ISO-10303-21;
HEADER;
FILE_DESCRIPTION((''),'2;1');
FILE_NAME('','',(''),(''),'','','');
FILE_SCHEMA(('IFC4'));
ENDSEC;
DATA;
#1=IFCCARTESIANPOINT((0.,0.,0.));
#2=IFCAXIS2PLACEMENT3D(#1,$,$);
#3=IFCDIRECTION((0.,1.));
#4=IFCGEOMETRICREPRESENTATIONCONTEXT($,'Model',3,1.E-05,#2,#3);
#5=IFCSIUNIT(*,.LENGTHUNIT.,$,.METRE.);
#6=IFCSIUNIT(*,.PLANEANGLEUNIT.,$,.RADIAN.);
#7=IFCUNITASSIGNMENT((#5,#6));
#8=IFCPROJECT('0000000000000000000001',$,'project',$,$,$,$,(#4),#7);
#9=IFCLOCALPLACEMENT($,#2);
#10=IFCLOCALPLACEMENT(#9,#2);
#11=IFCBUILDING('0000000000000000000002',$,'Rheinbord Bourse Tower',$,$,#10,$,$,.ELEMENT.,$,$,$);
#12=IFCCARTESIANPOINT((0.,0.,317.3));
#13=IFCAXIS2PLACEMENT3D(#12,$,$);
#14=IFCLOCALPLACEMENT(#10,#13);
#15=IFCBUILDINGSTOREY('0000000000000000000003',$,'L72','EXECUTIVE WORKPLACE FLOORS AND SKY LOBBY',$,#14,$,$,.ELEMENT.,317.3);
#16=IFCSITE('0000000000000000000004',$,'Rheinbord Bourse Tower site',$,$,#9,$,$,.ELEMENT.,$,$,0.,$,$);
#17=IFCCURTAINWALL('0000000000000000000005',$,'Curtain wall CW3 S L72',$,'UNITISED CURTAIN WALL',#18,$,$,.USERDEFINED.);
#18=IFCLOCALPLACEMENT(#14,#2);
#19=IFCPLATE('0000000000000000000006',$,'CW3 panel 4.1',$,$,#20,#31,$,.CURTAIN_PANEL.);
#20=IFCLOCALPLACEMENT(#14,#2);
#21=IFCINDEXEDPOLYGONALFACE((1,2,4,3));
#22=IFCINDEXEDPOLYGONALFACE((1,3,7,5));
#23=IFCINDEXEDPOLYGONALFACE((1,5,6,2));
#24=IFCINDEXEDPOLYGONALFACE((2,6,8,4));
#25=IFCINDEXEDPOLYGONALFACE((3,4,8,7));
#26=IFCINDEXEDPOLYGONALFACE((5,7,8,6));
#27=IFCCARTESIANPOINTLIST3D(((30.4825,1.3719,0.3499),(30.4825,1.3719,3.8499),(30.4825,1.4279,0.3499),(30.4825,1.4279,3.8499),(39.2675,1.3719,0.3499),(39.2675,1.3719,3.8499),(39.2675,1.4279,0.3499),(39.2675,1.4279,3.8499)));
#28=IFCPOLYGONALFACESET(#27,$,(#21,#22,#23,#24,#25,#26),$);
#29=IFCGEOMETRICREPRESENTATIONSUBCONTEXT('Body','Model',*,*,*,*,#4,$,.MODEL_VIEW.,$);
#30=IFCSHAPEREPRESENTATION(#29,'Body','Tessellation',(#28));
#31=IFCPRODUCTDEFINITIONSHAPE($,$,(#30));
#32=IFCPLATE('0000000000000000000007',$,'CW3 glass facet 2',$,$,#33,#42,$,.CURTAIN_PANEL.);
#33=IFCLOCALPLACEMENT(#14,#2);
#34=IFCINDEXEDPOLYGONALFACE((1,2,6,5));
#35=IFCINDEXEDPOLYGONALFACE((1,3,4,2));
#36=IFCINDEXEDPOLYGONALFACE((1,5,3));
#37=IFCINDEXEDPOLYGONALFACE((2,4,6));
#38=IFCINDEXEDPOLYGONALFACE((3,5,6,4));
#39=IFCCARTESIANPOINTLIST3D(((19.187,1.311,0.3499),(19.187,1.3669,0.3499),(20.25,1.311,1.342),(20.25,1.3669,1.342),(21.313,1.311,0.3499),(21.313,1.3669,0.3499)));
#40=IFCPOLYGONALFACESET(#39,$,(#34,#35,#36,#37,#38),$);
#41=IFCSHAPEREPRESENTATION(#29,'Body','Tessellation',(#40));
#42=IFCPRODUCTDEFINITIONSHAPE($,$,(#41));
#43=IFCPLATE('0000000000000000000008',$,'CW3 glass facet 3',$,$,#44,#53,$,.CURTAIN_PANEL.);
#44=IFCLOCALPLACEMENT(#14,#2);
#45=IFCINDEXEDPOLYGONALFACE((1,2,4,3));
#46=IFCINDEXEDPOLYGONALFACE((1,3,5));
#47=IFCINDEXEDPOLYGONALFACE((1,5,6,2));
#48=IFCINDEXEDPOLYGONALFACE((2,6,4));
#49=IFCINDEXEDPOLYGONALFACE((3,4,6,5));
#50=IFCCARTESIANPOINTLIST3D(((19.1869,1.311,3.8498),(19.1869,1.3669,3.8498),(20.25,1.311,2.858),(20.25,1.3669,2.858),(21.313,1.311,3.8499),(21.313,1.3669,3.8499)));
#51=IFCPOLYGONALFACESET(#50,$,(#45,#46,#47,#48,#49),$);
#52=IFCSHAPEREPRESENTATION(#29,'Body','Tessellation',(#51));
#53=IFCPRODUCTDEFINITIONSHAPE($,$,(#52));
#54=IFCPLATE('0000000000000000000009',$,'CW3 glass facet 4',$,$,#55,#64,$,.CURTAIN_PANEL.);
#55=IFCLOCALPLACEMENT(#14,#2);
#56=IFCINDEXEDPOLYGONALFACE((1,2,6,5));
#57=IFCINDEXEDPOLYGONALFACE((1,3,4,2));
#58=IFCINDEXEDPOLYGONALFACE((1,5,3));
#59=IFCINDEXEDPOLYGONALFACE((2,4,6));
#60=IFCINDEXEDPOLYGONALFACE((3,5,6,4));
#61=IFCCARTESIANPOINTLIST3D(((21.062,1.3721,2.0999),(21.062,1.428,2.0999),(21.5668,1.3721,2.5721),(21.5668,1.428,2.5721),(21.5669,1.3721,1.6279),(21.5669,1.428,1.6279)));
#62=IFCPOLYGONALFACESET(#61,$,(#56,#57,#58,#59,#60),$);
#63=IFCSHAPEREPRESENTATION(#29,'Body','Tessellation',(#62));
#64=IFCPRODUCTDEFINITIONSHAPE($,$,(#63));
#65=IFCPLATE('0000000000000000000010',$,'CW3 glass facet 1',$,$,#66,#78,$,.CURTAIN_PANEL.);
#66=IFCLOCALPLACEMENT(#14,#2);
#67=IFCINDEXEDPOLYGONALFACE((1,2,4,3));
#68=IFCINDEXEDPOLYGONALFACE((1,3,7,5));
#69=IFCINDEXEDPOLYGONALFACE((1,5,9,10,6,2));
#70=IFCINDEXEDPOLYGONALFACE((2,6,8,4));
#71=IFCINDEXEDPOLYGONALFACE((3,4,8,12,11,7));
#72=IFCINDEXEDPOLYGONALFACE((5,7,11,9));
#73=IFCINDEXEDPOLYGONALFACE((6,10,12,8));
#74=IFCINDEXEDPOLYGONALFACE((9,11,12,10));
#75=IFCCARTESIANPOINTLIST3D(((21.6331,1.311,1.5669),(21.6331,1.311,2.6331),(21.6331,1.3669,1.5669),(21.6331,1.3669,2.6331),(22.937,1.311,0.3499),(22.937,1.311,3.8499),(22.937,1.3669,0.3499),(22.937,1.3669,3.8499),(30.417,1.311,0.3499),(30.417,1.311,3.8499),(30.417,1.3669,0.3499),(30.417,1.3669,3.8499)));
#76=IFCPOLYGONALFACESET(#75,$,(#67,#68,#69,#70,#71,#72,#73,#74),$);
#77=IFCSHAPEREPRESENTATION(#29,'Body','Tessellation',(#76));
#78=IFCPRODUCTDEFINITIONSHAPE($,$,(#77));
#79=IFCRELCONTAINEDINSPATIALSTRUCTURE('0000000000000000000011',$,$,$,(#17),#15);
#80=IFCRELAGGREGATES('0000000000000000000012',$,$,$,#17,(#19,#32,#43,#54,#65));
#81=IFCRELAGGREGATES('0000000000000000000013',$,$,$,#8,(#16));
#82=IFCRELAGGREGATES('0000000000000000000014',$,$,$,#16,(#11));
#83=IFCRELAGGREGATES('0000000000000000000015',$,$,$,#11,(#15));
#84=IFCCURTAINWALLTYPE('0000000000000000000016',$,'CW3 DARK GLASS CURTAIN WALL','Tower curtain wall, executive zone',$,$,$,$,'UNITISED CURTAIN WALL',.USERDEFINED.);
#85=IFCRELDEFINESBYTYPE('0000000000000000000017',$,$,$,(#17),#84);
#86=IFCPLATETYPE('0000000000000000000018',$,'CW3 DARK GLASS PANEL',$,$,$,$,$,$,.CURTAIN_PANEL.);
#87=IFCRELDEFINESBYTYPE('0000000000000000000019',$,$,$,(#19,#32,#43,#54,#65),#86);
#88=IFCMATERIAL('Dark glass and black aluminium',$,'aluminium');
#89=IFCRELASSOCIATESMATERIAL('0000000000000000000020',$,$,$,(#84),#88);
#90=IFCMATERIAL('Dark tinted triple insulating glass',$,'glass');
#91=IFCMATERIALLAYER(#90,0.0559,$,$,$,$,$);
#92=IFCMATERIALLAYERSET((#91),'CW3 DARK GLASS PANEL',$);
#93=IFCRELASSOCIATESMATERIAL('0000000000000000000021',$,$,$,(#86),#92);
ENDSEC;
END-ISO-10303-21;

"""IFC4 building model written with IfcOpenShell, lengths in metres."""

from ifc_helpers import new_model, si_unit, direction, frame, origin, origin_2d, place, context, subcontext, project, spatial, polyline, rectangle, outline, extrude, material, layer, layer_set, type_object, element, aggregate, save


model = new_model("IFC4")

# Units and contexts
model_context = context("Model", 3, precision=1e-05, world=origin(), true_north=direction((0.0, 1.0)))
body_context = subcontext(model_context, "Body", "Model", "MODEL_VIEW")
ifc_project = project(units=[si_unit("LENGTHUNIT", "METRE"), si_unit("PLANEANGLEUNIT", "RADIAN")], contexts=[model_context])

# Site, building, storey
site_placement = place(None, origin())
site = spatial("IfcSite", under=ifc_project, at=site_placement, Name="Rheinbord Bourse Tower site", CompositionType="ELEMENT", RefElevation=0.0)
building_placement = place(site_placement, origin())
building = spatial("IfcBuilding", under=site, at=building_placement, Name="Rheinbord Bourse Tower", CompositionType="ELEMENT")
storey_placement = place(building_placement, frame((0.0, 0.0, 317.3)))
storey = spatial("IfcBuildingStorey", under=building, at=storey_placement, Name="L72", Description="EXECUTIVE WORKPLACE FLOORS AND SKY LOBBY", CompositionType="ELEMENT", Elevation=317.3)

# Curtain wall
ifc_material_1 = material(Name="Dark glass and black aluminium", Category="aluminium")
curtain_wall_type = type_object("IfcCurtainWallType", Name="CW3 DARK GLASS CURTAIN WALL", Description="Tower curtain wall, executive zone", ElementType="UNITISED CURTAIN WALL", PredefinedType="USERDEFINED", material=ifc_material_1)
curtain_wall_placement = place(storey_placement, origin())
curtain_wall = element("IfcCurtainWall", 1, at=curtain_wall_placement, inside=storey, type_object=curtain_wall_type, Name="Curtain wall CW3 S L72", ObjectType="UNITISED CURTAIN WALL", PredefinedType="USERDEFINED")

# Plates
ifc_material_2 = material(Name="Dark tinted triple insulating glass", Category="glass")
ifc_layer = layer(ifc_material_2, 0.0559)
ifc_layer_set = layer_set([ifc_layer], Name="CW3 DARK GLASS PANEL")
plate_type = type_object("IfcPlateType", Name="CW3 DARK GLASS PANEL", PredefinedType="CURTAIN_PANEL", material=ifc_layer_set)
plate_1_placement = place(storey_placement, frame((34.875, 1.3999, 0.3499), z_axis=(0.0, 0.0, 1.0), x_axis=(1.0, 0.0, 0.0)))
plate_1 = element("IfcPlate", 2, at=plate_1_placement, type_object=plate_type, Name="CW3 panel 4.1", PredefinedType="CURTAIN_PANEL", context=body_context, shape_type="SweptSolid", body=[
    extrude(rectangle(XDim=8.7849, YDim=0.0559, at=origin_2d()), origin(), (0.0, 0.0, 1.0), 3.5),
])
plate_2_placement = place(storey_placement, frame((19.187, 1.311, 0.3499), z_axis=(0.0, 1.0, 0.0), x_axis=(0.731033, 0.0, 0.682342)))
plate_2 = element("IfcPlate", 3, at=plate_2_placement, type_object=plate_type, Name="CW3 glass facet 2", PredefinedType="CURTAIN_PANEL", context=body_context, shape_type="SweptSolid", body=[
    extrude(outline(polyline([(0.0, 0.0), (1.4541, 0.0), (1.5542, 1.4507), (0.0, 0.0)])), origin(), (0.0, 0.0, 1.0), 0.0559),
])
plate_3_placement = place(storey_placement, frame((21.313, 1.311, 3.8499), z_axis=(0.0, 1.0, 0.0), x_axis=(-0.731117, 0.0, -0.682252)))
plate_3 = element("IfcPlate", 4, at=plate_3_placement, type_object=plate_type, Name="CW3 glass facet 3", PredefinedType="CURTAIN_PANEL", context=body_context, shape_type="SweptSolid", body=[
    extrude(outline(polyline([(0.0, 0.0), (1.4539, 0.0), (1.5544, 1.4504), (0.0, 0.0)])), origin(), (0.0, 0.0, 1.0), 0.0559),
])
plate_4_placement = place(storey_placement, frame((21.5669, 1.3721, 1.6279), z_axis=(0.0, 1.0, 0.0), x_axis=(-0.73055, 0.0, 0.682859)))
plate_4 = element("IfcPlate", 5, at=plate_4_placement, type_object=plate_type, Name="CW3 glass facet 4", PredefinedType="CURTAIN_PANEL", context=body_context, shape_type="SweptSolid", body=[
    extrude(outline(polyline([(0.0, 0.0), (0.6912, 0.0), (0.6448, 0.6897), (0.0, 0.0)])), origin(), (0.0, 0.0, 1.0), 0.0559),
])
plate_5_placement = place(storey_placement, frame((30.417, 1.311, 3.8499), z_axis=(0.0, 1.0, 0.0), x_axis=(0.0, 0.0, -1.0)))
plate_5 = element("IfcPlate", 6, at=plate_5_placement, type_object=plate_type, Name="CW3 glass facet 1", PredefinedType="CURTAIN_PANEL", context=body_context, shape_type="SweptSolid", body=[
    extrude(outline(polyline([(0.0, 0.0), (3.5, 0.0), (3.5, 7.48), (2.283, 8.7839), (1.2168, 8.7839), (0.0, 7.48), (0.0, 0.0)])), origin(), (0.0, 0.0, 1.0), 0.0559),
])
aggregate(curtain_wall, [plate_1, plate_2, plate_3, plate_4, plate_5])

save(model, "model.ifc")
